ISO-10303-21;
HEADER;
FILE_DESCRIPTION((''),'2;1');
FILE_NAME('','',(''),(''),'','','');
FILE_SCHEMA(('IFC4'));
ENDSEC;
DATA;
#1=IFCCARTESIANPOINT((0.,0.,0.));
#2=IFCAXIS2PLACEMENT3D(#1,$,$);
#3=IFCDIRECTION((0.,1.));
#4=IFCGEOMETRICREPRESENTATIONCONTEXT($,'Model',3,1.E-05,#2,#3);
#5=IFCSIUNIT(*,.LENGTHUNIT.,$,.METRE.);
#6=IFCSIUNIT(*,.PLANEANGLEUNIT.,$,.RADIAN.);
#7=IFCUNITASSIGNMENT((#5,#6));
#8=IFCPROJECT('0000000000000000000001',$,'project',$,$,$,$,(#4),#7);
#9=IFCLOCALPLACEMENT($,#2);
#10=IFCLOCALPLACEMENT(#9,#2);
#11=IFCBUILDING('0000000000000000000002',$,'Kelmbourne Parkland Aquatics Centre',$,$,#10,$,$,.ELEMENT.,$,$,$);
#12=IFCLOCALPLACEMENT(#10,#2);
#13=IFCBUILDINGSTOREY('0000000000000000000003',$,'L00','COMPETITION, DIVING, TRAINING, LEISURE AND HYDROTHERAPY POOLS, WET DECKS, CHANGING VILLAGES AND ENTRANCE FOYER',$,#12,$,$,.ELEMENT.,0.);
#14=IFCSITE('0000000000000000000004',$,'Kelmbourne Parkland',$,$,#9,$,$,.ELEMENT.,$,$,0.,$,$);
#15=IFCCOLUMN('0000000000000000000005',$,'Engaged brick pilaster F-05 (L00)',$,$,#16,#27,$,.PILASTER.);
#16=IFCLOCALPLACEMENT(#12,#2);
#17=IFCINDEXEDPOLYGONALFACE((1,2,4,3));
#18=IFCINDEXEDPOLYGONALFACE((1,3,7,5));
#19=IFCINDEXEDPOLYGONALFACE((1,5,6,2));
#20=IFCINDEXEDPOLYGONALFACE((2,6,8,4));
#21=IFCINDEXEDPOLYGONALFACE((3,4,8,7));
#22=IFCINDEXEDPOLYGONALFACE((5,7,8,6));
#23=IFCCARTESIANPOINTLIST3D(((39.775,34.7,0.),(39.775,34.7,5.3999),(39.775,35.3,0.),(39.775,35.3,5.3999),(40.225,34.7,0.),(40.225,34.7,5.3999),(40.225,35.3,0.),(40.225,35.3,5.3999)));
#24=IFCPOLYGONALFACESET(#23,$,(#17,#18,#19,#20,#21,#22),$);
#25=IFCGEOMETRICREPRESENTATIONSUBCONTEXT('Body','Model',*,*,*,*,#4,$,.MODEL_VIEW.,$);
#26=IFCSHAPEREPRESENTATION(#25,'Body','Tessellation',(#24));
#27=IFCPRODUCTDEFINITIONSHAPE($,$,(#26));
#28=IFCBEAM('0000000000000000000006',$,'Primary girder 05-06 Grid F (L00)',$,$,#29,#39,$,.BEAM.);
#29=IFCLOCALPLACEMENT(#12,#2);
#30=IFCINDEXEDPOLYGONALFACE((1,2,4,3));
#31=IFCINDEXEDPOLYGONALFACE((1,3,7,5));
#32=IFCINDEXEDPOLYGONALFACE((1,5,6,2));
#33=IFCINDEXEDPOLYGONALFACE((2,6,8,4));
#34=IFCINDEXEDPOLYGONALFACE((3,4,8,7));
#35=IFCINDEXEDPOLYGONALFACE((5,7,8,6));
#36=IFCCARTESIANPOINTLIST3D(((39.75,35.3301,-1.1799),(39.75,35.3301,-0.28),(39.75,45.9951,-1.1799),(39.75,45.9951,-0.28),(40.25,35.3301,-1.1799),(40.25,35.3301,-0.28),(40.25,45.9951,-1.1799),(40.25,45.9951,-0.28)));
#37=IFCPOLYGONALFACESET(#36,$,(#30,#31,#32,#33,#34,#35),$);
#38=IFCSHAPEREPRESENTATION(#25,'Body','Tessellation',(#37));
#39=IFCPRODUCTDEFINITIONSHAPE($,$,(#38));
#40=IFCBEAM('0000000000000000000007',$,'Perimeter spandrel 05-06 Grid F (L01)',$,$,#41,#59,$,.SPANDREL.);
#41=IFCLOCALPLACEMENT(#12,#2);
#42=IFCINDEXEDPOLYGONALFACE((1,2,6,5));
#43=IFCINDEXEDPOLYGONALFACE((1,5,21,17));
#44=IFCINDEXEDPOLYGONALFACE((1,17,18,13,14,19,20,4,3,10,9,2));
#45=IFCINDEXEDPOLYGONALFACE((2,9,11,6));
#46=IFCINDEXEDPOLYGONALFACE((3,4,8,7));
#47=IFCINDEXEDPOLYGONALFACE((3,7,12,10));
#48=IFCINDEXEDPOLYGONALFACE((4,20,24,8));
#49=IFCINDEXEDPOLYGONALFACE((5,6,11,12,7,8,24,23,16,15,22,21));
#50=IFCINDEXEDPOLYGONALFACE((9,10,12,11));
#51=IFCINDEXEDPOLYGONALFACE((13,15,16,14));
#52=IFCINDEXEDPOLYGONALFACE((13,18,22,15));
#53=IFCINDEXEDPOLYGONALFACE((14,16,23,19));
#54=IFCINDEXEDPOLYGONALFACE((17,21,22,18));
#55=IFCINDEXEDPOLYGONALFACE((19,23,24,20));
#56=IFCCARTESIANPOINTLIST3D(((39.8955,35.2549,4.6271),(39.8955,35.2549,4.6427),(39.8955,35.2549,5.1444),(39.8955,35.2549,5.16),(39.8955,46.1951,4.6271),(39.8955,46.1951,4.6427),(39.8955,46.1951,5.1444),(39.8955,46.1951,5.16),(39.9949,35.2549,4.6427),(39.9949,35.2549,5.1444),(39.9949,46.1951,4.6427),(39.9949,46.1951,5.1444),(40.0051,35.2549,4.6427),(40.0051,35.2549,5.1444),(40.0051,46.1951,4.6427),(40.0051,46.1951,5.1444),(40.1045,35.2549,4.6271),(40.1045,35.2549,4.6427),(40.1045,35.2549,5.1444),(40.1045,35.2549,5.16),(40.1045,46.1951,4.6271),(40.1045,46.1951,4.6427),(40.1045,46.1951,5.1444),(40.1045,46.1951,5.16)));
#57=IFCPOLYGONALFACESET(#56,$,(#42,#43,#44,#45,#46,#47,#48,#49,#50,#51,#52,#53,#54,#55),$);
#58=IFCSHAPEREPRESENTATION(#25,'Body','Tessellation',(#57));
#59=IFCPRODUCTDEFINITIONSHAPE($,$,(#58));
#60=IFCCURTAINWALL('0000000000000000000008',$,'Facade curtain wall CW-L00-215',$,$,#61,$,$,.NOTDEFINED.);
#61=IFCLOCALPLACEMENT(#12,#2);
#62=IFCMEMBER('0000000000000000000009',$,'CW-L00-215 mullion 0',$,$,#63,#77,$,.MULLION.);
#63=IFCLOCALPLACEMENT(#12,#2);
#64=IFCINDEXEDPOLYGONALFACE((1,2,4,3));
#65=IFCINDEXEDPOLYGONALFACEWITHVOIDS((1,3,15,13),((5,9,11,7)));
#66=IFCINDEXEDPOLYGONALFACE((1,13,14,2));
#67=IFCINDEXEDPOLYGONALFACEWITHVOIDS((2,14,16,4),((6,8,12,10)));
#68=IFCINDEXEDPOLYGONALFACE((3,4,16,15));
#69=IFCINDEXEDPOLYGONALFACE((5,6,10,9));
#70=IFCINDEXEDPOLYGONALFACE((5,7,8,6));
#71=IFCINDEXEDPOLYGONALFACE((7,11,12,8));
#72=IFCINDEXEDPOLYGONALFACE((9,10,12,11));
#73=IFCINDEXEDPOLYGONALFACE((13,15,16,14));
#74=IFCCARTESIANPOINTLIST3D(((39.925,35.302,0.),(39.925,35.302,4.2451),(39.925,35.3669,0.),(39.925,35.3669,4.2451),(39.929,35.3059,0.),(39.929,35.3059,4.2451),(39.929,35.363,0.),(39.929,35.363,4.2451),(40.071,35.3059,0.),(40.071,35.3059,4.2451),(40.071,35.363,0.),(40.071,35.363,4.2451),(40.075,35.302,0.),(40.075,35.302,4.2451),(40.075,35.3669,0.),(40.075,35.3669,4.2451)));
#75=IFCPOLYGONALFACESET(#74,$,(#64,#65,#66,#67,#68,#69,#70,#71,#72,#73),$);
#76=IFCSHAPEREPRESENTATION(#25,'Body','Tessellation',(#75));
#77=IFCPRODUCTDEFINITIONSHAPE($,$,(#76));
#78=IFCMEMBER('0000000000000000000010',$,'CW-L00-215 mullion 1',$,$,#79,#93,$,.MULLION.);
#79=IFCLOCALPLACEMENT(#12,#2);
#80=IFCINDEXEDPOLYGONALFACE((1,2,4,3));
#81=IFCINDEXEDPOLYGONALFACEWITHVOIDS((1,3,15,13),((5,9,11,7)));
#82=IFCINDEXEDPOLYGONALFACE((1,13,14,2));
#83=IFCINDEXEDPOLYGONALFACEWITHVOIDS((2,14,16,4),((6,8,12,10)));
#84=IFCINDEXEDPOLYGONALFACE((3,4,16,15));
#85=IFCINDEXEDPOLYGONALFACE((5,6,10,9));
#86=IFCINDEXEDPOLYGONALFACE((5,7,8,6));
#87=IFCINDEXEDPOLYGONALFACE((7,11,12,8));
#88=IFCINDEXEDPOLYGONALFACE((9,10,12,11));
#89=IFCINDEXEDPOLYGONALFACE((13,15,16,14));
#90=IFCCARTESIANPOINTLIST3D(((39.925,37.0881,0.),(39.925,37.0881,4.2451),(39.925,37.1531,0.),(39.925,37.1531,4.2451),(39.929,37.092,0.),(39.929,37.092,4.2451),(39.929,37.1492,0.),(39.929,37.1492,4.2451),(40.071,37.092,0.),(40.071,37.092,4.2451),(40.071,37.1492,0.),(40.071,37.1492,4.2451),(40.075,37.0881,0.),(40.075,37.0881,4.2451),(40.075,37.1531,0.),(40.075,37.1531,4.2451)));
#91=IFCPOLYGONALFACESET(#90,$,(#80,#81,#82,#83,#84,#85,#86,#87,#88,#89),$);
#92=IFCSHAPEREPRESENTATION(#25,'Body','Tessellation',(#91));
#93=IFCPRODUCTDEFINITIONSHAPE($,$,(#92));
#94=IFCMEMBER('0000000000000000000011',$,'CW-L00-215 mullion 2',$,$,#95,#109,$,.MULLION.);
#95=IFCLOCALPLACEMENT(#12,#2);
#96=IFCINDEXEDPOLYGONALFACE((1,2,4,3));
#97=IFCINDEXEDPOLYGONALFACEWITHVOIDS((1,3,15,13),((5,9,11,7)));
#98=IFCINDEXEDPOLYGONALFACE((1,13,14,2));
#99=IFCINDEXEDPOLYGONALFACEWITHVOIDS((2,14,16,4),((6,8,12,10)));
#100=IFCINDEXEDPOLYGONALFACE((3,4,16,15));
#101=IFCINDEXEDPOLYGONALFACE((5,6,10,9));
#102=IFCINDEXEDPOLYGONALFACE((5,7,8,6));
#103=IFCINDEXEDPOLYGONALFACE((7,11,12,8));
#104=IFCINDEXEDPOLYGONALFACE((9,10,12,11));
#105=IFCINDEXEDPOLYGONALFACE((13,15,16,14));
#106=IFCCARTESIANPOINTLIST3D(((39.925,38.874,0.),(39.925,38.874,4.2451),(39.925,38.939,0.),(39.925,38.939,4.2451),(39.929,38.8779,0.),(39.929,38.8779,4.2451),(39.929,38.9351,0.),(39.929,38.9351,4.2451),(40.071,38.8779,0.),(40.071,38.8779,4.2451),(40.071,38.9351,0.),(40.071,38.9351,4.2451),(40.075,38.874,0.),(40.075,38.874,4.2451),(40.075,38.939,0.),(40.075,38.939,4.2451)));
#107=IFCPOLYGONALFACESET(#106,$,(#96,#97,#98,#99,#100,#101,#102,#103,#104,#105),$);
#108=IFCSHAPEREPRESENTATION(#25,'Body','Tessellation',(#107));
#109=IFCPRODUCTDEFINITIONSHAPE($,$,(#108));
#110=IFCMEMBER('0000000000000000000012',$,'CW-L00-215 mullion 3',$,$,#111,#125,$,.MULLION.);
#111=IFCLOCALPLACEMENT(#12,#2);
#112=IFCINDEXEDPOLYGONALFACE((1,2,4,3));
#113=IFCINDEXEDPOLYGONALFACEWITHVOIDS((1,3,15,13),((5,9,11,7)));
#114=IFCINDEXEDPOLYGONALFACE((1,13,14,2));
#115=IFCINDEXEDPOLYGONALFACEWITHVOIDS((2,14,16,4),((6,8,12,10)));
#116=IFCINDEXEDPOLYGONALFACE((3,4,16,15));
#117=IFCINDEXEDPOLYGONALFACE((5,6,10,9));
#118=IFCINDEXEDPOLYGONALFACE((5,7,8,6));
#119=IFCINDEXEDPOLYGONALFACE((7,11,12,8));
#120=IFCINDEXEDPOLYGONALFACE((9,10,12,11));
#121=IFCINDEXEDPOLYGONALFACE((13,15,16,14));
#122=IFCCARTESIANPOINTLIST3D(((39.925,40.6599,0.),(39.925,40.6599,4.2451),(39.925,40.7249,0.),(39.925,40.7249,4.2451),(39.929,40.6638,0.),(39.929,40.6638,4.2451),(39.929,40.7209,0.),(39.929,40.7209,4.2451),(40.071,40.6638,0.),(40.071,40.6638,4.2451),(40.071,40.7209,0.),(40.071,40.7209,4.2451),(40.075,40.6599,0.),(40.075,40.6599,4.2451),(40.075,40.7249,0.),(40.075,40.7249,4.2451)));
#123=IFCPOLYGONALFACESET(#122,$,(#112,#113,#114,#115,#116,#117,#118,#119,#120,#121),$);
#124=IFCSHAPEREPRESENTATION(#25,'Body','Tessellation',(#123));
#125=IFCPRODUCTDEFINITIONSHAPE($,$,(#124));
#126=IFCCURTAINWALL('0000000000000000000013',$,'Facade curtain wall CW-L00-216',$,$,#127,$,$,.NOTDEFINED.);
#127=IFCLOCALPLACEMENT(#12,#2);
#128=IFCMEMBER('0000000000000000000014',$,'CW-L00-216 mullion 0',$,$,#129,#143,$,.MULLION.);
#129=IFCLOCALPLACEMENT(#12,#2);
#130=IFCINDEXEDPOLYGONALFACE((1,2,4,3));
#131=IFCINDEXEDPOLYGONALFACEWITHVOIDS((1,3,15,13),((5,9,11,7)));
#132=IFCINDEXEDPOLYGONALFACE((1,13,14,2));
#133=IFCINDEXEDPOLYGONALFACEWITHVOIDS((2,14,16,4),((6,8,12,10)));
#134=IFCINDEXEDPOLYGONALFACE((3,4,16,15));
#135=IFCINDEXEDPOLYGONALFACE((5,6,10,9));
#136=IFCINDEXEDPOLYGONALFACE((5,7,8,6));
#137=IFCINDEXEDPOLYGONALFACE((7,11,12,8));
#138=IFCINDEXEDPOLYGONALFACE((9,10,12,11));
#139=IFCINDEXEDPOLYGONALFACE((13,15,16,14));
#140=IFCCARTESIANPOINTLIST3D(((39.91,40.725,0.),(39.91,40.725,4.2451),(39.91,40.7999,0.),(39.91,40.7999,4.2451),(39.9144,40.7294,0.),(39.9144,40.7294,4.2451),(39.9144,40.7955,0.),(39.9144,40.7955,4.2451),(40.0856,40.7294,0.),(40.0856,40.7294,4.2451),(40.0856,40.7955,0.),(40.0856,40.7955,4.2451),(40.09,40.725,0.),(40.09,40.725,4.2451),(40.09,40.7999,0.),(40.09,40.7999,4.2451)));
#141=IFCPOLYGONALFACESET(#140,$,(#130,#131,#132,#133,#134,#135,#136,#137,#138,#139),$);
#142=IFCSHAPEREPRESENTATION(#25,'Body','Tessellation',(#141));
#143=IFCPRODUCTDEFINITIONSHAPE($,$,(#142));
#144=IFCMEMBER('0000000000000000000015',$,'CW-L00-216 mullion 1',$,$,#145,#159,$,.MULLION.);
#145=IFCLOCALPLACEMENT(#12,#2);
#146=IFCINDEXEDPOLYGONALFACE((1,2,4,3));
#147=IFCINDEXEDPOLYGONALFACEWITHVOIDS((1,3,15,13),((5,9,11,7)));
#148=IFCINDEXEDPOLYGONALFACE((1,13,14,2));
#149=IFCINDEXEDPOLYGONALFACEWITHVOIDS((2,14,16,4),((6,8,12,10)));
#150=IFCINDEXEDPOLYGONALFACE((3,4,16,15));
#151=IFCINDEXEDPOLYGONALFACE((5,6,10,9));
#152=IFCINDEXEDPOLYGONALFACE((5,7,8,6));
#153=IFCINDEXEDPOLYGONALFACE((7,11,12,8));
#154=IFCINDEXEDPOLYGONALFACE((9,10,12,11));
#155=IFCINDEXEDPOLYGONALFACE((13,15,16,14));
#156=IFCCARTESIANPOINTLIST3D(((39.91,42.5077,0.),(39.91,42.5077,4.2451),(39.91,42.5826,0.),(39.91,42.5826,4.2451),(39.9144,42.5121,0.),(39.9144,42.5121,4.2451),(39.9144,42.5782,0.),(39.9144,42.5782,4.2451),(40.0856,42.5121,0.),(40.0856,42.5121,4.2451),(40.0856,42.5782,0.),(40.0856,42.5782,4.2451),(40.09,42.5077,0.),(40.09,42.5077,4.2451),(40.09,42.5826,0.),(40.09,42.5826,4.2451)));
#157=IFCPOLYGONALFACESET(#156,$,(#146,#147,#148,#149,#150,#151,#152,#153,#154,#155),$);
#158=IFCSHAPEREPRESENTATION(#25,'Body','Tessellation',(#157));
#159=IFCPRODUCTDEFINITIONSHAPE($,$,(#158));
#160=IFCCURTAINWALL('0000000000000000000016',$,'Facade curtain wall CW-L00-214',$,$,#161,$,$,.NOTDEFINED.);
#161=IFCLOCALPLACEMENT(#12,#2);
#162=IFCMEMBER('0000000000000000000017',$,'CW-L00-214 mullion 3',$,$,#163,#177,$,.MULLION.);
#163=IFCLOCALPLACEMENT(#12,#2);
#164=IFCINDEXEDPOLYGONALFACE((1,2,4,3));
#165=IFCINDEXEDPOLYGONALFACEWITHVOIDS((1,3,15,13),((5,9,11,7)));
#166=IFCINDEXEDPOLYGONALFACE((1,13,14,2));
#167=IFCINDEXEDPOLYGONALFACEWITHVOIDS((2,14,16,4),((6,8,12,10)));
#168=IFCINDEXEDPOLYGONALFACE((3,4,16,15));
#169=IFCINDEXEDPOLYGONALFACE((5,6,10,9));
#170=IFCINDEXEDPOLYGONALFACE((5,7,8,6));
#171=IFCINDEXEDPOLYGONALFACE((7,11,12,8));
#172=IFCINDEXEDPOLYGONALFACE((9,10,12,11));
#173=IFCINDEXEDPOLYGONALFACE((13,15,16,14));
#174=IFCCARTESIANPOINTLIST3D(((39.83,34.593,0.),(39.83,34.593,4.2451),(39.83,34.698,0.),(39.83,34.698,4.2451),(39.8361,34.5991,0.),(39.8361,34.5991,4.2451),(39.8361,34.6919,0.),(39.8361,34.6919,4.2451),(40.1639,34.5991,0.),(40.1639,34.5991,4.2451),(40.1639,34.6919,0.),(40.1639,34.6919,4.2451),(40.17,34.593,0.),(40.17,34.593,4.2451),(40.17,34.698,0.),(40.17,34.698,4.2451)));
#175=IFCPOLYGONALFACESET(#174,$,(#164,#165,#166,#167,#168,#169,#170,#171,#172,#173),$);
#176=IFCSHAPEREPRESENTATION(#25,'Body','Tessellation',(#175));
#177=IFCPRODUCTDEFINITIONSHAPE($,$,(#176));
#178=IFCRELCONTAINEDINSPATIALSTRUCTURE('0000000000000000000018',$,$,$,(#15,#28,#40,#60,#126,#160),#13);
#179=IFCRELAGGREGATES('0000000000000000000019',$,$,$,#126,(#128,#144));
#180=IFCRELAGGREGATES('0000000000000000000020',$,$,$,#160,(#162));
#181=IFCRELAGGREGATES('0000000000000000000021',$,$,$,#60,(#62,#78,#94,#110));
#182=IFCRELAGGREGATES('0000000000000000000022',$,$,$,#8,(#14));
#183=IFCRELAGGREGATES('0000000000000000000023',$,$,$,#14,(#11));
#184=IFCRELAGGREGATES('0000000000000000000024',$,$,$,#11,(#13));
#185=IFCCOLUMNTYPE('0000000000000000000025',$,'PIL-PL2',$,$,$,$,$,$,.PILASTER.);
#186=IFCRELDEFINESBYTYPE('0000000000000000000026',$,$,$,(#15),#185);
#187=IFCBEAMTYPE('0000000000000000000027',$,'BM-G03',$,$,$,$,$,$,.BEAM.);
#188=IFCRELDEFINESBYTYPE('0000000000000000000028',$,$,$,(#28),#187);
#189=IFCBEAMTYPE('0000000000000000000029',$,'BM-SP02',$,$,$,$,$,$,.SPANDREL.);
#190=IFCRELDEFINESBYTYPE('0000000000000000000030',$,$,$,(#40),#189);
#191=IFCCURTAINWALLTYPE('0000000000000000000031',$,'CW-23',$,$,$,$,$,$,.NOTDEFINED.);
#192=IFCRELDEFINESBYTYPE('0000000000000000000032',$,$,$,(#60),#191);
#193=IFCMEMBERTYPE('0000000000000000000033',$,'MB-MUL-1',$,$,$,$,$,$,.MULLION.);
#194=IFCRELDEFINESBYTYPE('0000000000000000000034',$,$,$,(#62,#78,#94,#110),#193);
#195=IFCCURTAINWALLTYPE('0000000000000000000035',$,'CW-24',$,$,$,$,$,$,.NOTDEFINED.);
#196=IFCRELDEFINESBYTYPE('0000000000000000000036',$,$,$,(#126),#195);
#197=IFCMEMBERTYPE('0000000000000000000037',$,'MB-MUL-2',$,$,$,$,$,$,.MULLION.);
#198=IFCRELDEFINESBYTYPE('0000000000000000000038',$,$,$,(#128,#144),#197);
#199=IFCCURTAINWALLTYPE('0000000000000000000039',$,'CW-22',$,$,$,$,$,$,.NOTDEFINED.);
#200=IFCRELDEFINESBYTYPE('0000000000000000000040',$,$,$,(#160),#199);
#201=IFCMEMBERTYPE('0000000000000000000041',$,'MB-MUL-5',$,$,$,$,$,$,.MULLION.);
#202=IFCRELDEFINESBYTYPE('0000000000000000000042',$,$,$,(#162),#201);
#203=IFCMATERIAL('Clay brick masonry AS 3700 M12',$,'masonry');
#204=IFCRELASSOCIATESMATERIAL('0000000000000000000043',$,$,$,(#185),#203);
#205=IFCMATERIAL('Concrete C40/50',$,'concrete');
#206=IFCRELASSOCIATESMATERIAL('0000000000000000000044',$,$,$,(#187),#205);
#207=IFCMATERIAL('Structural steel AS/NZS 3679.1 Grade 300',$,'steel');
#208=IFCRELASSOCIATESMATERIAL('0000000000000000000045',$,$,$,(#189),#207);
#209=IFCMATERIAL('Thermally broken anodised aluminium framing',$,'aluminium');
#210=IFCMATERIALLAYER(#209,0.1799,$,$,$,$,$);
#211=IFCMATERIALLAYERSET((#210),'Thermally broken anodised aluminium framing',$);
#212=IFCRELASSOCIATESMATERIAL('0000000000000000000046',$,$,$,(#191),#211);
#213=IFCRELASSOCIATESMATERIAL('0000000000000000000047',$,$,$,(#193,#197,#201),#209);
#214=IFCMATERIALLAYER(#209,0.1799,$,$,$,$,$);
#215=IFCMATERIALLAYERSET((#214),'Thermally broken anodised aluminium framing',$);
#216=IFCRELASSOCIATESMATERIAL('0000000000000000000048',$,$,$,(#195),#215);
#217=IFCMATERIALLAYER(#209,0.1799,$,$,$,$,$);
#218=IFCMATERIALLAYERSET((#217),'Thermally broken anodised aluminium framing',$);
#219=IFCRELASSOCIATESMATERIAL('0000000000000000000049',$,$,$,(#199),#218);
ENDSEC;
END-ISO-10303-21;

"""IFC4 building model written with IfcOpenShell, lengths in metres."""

from ifc_helpers import new_model, si_unit, direction, frame, origin, origin_2d, place, context, subcontext, project, spatial, rectangle, hollow_rectangle, i_section, extrude, material, layer, layer_set, material_profile, profile_set, type_object, element, aggregate, save


model = new_model("IFC4")

# Units and contexts
model_context = context("Model", 3, precision=1e-05, world=origin(), true_north=direction((0.0, 1.0)))
body_context = subcontext(model_context, "Body", "Model", "MODEL_VIEW")
ifc_project = project(units=[si_unit("LENGTHUNIT", "METRE"), si_unit("PLANEANGLEUNIT", "RADIAN")], contexts=[model_context])

# Site, building, storey
site_placement = place(None, origin())
site = spatial("IfcSite", under=ifc_project, at=site_placement, Name="Kelmbourne Parkland", CompositionType="ELEMENT", RefElevation=0.0)
building_placement = place(site_placement, origin())
building = spatial("IfcBuilding", under=site, at=building_placement, Name="Kelmbourne Parkland Aquatics Centre", CompositionType="ELEMENT")
storey_placement = place(building_placement, origin())
storey = spatial("IfcBuildingStorey", under=building, at=storey_placement, Name="L00", Description="COMPETITION, DIVING, TRAINING, LEISURE AND HYDROTHERAPY POOLS, WET DECKS, CHANGING VILLAGES AND ENTRANCE FOYER", CompositionType="ELEMENT", Elevation=0.0)

# Column
ifc_material_1 = material(Name="Clay brick masonry AS 3700 M12", Category="masonry")
ifc_material_profile_1 = material_profile(ifc_material_1, rectangle(XDim=0.45, YDim=0.6001, at=origin_2d()), Name="PIL 450x600")
ifc_profile_set_1 = profile_set([ifc_material_profile_1], Name="Clay brick masonry AS 3700 M12")
column_type = type_object("IfcColumnType", Name="PIL-PL2", PredefinedType="PILASTER", material=ifc_profile_set_1)
column_placement = place(storey_placement, frame((40.0, 35.0, 0.0), z_axis=(0.0, 0.0, 1.0), x_axis=(1.0, 0.0, 0.0)))
element("IfcColumn", 1, at=column_placement, inside=storey, type_object=column_type, Name="Engaged brick pilaster F-05 (L00)", PredefinedType="PILASTER", context=body_context, shape_type="SweptSolid", body=[
    extrude(rectangle(XDim=0.45, YDim=0.6001, at=origin_2d()), origin(), (0.0, 0.0, 1.0), 5.3999),
])

# Beams
ifc_material_2 = material(Name="Concrete C40/50", Category="concrete")
ifc_material_profile_2 = material_profile(ifc_material_2, rectangle(XDim=0.5, YDim=0.8999, at=origin_2d()), Name="RC 500x900")
ifc_profile_set_2 = profile_set([ifc_material_profile_2], Name="Concrete C40/50")
beam_type_1 = type_object("IfcBeamType", Name="BM-G03", PredefinedType="BEAM", material=ifc_profile_set_2)
beam_1_placement = place(storey_placement, frame((40.0, 35.3301, -0.73), z_axis=(0.0, 1.0, 0.0), x_axis=(-1.0, 0.0, 0.0)))
element("IfcBeam", 2, at=beam_1_placement, inside=storey, type_object=beam_type_1, Name="Primary girder 05-06 Grid F (L00)", PredefinedType="BEAM", context=body_context, shape_type="SweptSolid", body=[
    extrude(rectangle(XDim=0.5, YDim=0.8999, at=origin_2d()), origin(), (0.0, 0.0, 1.0), 10.665),
])
ifc_material_3 = material(Name="Structural steel AS/NZS 3679.1 Grade 300", Category="steel")
ifc_material_profile_3 = material_profile(ifc_material_3, i_section(OverallWidth=0.209, OverallDepth=0.533, WebThickness=0.0103, FlangeThickness=0.0156, at=origin_2d()), Name="530UB92.4")
ifc_profile_set_3 = profile_set([ifc_material_profile_3], Name="Structural steel AS/NZS 3679.1 Grade 300")
beam_type_2 = type_object("IfcBeamType", Name="BM-SP02", PredefinedType="SPANDREL", material=ifc_profile_set_3)
beam_2_placement = place(storey_placement, frame((40.0, 35.2549, 4.8936), z_axis=(0.0, 1.0, 0.0), x_axis=(-1.0, 0.0, 0.0)))
element("IfcBeam", 3, at=beam_2_placement, inside=storey, type_object=beam_type_2, Name="Perimeter spandrel 05-06 Grid F (L01)", PredefinedType="SPANDREL", context=body_context, shape_type="SweptSolid", body=[
    extrude(i_section(OverallWidth=0.209, OverallDepth=0.533, WebThickness=0.0103, FlangeThickness=0.0156, at=origin_2d()), origin(), (0.0, 0.0, 1.0), 10.9402),
])

# Curtain walls, members
ifc_material_4 = material(Name="Thermally broken anodised aluminium framing", Category="aluminium")
ifc_layer_1 = layer(ifc_material_4, 0.1799)
ifc_layer_set_1 = layer_set([ifc_layer_1], Name="Thermally broken anodised aluminium framing")
curtain_wall_type_1 = type_object("IfcCurtainWallType", Name="CW-23", PredefinedType="NOTDEFINED", material=ifc_layer_set_1)
curtain_wall_1_placement = place(storey_placement, origin())
curtain_wall_1 = element("IfcCurtainWall", 4, at=curtain_wall_1_placement, inside=storey, type_object=curtain_wall_type_1, Name="Facade curtain wall CW-L00-215", PredefinedType="NOTDEFINED")
ifc_material_profile_4 = material_profile(ifc_material_4, hollow_rectangle(XDim=0.0649, YDim=0.1499, WallThickness=0.0039, at=origin_2d()), Name="CW-M 65x150")
ifc_profile_set_4 = profile_set([ifc_material_profile_4], Name="Thermally broken anodised aluminium framing")
member_type_1 = type_object("IfcMemberType", Name="MB-MUL-1", PredefinedType="MULLION", material=ifc_profile_set_4)
member_1_placement = place(storey_placement, frame((40.0, 35.3345, 0.0), z_axis=(0.0, 0.0, 1.0), x_axis=(0.0, 1.0, 0.0)))
member_1 = element("IfcMember", 5, at=member_1_placement, type_object=member_type_1, Name="CW-L00-215 mullion 0", PredefinedType="MULLION", context=body_context, shape_type="SweptSolid", body=[
    extrude(hollow_rectangle(XDim=0.0649, YDim=0.1499, WallThickness=0.0039, at=origin_2d()), origin(), (0.0, 0.0, 1.0), 4.2451),
])
member_2_placement = place(storey_placement, frame((40.0, 37.1206, 0.0), z_axis=(0.0, 0.0, 1.0), x_axis=(0.0, 1.0, 0.0)))
member_2 = element("IfcMember", 6, at=member_2_placement, type_object=member_type_1, Name="CW-L00-215 mullion 1", PredefinedType="MULLION", context=body_context, shape_type="SweptSolid", body=[
    extrude(hollow_rectangle(XDim=0.0649, YDim=0.1499, WallThickness=0.0039, at=origin_2d()), origin(), (0.0, 0.0, 1.0), 4.2451),
])
member_3_placement = place(storey_placement, frame((40.0, 38.9065, 0.0), z_axis=(0.0, 0.0, 1.0), x_axis=(0.0, 1.0, 0.0)))
member_3 = element("IfcMember", 7, at=member_3_placement, type_object=member_type_1, Name="CW-L00-215 mullion 2", PredefinedType="MULLION", context=body_context, shape_type="SweptSolid", body=[
    extrude(hollow_rectangle(XDim=0.0649, YDim=0.1499, WallThickness=0.0039, at=origin_2d()), origin(), (0.0, 0.0, 1.0), 4.2451),
])
member_4_placement = place(storey_placement, frame((40.0, 40.6924, 0.0), z_axis=(0.0, 0.0, 1.0), x_axis=(0.0, 1.0, 0.0)))
member_4 = element("IfcMember", 8, at=member_4_placement, type_object=member_type_1, Name="CW-L00-215 mullion 3", PredefinedType="MULLION", context=body_context, shape_type="SweptSolid", body=[
    extrude(hollow_rectangle(XDim=0.0649, YDim=0.1499, WallThickness=0.0039, at=origin_2d()), origin(), (0.0, 0.0, 1.0), 4.2451),
])
ifc_layer_2 = layer(ifc_material_4, 0.1799)
ifc_layer_set_2 = layer_set([ifc_layer_2], Name="Thermally broken anodised aluminium framing")
curtain_wall_type_2 = type_object("IfcCurtainWallType", Name="CW-24", PredefinedType="NOTDEFINED", material=ifc_layer_set_2)
curtain_wall_2_placement = place(storey_placement, origin())
curtain_wall_2 = element("IfcCurtainWall", 9, at=curtain_wall_2_placement, inside=storey, type_object=curtain_wall_type_2, Name="Facade curtain wall CW-L00-216", PredefinedType="NOTDEFINED")
ifc_material_profile_5 = material_profile(ifc_material_4, hollow_rectangle(XDim=0.075, YDim=0.1799, WallThickness=0.0044, at=origin_2d()), Name="CW-M 75x180")
ifc_profile_set_5 = profile_set([ifc_material_profile_5], Name="Thermally broken anodised aluminium framing")
member_type_2 = type_object("IfcMemberType", Name="MB-MUL-2", PredefinedType="MULLION", material=ifc_profile_set_5)
member_5_placement = place(storey_placement, frame((40.0, 40.7625, 0.0), z_axis=(0.0, 0.0, 1.0), x_axis=(0.0, 1.0, 0.0)))
member_5 = element("IfcMember", 10, at=member_5_placement, type_object=member_type_2, Name="CW-L00-216 mullion 0", PredefinedType="MULLION", context=body_context, shape_type="SweptSolid", body=[
    extrude(hollow_rectangle(XDim=0.075, YDim=0.1799, WallThickness=0.0044, at=origin_2d()), origin(), (0.0, 0.0, 1.0), 4.2451),
])
member_6_placement = place(storey_placement, frame((40.0, 42.5452, 0.0), z_axis=(0.0, 0.0, 1.0), x_axis=(0.0, 1.0, 0.0)))
member_6 = element("IfcMember", 11, at=member_6_placement, type_object=member_type_2, Name="CW-L00-216 mullion 1", PredefinedType="MULLION", context=body_context, shape_type="SweptSolid", body=[
    extrude(hollow_rectangle(XDim=0.075, YDim=0.1799, WallThickness=0.0044, at=origin_2d()), origin(), (0.0, 0.0, 1.0), 4.2451),
])

# Curtain wall, member
ifc_layer_3 = layer(ifc_material_4, 0.1799)
ifc_layer_set_3 = layer_set([ifc_layer_3], Name="Thermally broken anodised aluminium framing")
curtain_wall_type_3 = type_object("IfcCurtainWallType", Name="CW-22", PredefinedType="NOTDEFINED", material=ifc_layer_set_3)
curtain_wall_3_placement = place(storey_placement, origin())
curtain_wall_3 = element("IfcCurtainWall", 12, at=curtain_wall_3_placement, inside=storey, type_object=curtain_wall_type_3, Name="Facade curtain wall CW-L00-214", PredefinedType="NOTDEFINED")
ifc_material_profile_6 = material_profile(ifc_material_4, hollow_rectangle(XDim=0.105, YDim=0.3401, WallThickness=0.0061, at=origin_2d()), Name="CW-M 105x340")
ifc_profile_set_6 = profile_set([ifc_material_profile_6], Name="Thermally broken anodised aluminium framing")
member_type_3 = type_object("IfcMemberType", Name="MB-MUL-5", PredefinedType="MULLION", material=ifc_profile_set_6)
member_7_placement = place(storey_placement, frame((40.0, 34.6455, 0.0), z_axis=(0.0, 0.0, 1.0), x_axis=(0.0, 1.0, 0.0)))
member_7 = element("IfcMember", 13, at=member_7_placement, type_object=member_type_3, Name="CW-L00-214 mullion 3", PredefinedType="MULLION", context=body_context, shape_type="SweptSolid", body=[
    extrude(hollow_rectangle(XDim=0.105, YDim=0.3401, WallThickness=0.0061, at=origin_2d()), origin(), (0.0, 0.0, 1.0), 4.2451),
])

aggregate(curtain_wall_2, [member_5, member_6])
aggregate(curtain_wall_3, [member_7])
aggregate(curtain_wall_1, [member_1, member_2, member_3, member_4])

save(model, "model.ifc")
